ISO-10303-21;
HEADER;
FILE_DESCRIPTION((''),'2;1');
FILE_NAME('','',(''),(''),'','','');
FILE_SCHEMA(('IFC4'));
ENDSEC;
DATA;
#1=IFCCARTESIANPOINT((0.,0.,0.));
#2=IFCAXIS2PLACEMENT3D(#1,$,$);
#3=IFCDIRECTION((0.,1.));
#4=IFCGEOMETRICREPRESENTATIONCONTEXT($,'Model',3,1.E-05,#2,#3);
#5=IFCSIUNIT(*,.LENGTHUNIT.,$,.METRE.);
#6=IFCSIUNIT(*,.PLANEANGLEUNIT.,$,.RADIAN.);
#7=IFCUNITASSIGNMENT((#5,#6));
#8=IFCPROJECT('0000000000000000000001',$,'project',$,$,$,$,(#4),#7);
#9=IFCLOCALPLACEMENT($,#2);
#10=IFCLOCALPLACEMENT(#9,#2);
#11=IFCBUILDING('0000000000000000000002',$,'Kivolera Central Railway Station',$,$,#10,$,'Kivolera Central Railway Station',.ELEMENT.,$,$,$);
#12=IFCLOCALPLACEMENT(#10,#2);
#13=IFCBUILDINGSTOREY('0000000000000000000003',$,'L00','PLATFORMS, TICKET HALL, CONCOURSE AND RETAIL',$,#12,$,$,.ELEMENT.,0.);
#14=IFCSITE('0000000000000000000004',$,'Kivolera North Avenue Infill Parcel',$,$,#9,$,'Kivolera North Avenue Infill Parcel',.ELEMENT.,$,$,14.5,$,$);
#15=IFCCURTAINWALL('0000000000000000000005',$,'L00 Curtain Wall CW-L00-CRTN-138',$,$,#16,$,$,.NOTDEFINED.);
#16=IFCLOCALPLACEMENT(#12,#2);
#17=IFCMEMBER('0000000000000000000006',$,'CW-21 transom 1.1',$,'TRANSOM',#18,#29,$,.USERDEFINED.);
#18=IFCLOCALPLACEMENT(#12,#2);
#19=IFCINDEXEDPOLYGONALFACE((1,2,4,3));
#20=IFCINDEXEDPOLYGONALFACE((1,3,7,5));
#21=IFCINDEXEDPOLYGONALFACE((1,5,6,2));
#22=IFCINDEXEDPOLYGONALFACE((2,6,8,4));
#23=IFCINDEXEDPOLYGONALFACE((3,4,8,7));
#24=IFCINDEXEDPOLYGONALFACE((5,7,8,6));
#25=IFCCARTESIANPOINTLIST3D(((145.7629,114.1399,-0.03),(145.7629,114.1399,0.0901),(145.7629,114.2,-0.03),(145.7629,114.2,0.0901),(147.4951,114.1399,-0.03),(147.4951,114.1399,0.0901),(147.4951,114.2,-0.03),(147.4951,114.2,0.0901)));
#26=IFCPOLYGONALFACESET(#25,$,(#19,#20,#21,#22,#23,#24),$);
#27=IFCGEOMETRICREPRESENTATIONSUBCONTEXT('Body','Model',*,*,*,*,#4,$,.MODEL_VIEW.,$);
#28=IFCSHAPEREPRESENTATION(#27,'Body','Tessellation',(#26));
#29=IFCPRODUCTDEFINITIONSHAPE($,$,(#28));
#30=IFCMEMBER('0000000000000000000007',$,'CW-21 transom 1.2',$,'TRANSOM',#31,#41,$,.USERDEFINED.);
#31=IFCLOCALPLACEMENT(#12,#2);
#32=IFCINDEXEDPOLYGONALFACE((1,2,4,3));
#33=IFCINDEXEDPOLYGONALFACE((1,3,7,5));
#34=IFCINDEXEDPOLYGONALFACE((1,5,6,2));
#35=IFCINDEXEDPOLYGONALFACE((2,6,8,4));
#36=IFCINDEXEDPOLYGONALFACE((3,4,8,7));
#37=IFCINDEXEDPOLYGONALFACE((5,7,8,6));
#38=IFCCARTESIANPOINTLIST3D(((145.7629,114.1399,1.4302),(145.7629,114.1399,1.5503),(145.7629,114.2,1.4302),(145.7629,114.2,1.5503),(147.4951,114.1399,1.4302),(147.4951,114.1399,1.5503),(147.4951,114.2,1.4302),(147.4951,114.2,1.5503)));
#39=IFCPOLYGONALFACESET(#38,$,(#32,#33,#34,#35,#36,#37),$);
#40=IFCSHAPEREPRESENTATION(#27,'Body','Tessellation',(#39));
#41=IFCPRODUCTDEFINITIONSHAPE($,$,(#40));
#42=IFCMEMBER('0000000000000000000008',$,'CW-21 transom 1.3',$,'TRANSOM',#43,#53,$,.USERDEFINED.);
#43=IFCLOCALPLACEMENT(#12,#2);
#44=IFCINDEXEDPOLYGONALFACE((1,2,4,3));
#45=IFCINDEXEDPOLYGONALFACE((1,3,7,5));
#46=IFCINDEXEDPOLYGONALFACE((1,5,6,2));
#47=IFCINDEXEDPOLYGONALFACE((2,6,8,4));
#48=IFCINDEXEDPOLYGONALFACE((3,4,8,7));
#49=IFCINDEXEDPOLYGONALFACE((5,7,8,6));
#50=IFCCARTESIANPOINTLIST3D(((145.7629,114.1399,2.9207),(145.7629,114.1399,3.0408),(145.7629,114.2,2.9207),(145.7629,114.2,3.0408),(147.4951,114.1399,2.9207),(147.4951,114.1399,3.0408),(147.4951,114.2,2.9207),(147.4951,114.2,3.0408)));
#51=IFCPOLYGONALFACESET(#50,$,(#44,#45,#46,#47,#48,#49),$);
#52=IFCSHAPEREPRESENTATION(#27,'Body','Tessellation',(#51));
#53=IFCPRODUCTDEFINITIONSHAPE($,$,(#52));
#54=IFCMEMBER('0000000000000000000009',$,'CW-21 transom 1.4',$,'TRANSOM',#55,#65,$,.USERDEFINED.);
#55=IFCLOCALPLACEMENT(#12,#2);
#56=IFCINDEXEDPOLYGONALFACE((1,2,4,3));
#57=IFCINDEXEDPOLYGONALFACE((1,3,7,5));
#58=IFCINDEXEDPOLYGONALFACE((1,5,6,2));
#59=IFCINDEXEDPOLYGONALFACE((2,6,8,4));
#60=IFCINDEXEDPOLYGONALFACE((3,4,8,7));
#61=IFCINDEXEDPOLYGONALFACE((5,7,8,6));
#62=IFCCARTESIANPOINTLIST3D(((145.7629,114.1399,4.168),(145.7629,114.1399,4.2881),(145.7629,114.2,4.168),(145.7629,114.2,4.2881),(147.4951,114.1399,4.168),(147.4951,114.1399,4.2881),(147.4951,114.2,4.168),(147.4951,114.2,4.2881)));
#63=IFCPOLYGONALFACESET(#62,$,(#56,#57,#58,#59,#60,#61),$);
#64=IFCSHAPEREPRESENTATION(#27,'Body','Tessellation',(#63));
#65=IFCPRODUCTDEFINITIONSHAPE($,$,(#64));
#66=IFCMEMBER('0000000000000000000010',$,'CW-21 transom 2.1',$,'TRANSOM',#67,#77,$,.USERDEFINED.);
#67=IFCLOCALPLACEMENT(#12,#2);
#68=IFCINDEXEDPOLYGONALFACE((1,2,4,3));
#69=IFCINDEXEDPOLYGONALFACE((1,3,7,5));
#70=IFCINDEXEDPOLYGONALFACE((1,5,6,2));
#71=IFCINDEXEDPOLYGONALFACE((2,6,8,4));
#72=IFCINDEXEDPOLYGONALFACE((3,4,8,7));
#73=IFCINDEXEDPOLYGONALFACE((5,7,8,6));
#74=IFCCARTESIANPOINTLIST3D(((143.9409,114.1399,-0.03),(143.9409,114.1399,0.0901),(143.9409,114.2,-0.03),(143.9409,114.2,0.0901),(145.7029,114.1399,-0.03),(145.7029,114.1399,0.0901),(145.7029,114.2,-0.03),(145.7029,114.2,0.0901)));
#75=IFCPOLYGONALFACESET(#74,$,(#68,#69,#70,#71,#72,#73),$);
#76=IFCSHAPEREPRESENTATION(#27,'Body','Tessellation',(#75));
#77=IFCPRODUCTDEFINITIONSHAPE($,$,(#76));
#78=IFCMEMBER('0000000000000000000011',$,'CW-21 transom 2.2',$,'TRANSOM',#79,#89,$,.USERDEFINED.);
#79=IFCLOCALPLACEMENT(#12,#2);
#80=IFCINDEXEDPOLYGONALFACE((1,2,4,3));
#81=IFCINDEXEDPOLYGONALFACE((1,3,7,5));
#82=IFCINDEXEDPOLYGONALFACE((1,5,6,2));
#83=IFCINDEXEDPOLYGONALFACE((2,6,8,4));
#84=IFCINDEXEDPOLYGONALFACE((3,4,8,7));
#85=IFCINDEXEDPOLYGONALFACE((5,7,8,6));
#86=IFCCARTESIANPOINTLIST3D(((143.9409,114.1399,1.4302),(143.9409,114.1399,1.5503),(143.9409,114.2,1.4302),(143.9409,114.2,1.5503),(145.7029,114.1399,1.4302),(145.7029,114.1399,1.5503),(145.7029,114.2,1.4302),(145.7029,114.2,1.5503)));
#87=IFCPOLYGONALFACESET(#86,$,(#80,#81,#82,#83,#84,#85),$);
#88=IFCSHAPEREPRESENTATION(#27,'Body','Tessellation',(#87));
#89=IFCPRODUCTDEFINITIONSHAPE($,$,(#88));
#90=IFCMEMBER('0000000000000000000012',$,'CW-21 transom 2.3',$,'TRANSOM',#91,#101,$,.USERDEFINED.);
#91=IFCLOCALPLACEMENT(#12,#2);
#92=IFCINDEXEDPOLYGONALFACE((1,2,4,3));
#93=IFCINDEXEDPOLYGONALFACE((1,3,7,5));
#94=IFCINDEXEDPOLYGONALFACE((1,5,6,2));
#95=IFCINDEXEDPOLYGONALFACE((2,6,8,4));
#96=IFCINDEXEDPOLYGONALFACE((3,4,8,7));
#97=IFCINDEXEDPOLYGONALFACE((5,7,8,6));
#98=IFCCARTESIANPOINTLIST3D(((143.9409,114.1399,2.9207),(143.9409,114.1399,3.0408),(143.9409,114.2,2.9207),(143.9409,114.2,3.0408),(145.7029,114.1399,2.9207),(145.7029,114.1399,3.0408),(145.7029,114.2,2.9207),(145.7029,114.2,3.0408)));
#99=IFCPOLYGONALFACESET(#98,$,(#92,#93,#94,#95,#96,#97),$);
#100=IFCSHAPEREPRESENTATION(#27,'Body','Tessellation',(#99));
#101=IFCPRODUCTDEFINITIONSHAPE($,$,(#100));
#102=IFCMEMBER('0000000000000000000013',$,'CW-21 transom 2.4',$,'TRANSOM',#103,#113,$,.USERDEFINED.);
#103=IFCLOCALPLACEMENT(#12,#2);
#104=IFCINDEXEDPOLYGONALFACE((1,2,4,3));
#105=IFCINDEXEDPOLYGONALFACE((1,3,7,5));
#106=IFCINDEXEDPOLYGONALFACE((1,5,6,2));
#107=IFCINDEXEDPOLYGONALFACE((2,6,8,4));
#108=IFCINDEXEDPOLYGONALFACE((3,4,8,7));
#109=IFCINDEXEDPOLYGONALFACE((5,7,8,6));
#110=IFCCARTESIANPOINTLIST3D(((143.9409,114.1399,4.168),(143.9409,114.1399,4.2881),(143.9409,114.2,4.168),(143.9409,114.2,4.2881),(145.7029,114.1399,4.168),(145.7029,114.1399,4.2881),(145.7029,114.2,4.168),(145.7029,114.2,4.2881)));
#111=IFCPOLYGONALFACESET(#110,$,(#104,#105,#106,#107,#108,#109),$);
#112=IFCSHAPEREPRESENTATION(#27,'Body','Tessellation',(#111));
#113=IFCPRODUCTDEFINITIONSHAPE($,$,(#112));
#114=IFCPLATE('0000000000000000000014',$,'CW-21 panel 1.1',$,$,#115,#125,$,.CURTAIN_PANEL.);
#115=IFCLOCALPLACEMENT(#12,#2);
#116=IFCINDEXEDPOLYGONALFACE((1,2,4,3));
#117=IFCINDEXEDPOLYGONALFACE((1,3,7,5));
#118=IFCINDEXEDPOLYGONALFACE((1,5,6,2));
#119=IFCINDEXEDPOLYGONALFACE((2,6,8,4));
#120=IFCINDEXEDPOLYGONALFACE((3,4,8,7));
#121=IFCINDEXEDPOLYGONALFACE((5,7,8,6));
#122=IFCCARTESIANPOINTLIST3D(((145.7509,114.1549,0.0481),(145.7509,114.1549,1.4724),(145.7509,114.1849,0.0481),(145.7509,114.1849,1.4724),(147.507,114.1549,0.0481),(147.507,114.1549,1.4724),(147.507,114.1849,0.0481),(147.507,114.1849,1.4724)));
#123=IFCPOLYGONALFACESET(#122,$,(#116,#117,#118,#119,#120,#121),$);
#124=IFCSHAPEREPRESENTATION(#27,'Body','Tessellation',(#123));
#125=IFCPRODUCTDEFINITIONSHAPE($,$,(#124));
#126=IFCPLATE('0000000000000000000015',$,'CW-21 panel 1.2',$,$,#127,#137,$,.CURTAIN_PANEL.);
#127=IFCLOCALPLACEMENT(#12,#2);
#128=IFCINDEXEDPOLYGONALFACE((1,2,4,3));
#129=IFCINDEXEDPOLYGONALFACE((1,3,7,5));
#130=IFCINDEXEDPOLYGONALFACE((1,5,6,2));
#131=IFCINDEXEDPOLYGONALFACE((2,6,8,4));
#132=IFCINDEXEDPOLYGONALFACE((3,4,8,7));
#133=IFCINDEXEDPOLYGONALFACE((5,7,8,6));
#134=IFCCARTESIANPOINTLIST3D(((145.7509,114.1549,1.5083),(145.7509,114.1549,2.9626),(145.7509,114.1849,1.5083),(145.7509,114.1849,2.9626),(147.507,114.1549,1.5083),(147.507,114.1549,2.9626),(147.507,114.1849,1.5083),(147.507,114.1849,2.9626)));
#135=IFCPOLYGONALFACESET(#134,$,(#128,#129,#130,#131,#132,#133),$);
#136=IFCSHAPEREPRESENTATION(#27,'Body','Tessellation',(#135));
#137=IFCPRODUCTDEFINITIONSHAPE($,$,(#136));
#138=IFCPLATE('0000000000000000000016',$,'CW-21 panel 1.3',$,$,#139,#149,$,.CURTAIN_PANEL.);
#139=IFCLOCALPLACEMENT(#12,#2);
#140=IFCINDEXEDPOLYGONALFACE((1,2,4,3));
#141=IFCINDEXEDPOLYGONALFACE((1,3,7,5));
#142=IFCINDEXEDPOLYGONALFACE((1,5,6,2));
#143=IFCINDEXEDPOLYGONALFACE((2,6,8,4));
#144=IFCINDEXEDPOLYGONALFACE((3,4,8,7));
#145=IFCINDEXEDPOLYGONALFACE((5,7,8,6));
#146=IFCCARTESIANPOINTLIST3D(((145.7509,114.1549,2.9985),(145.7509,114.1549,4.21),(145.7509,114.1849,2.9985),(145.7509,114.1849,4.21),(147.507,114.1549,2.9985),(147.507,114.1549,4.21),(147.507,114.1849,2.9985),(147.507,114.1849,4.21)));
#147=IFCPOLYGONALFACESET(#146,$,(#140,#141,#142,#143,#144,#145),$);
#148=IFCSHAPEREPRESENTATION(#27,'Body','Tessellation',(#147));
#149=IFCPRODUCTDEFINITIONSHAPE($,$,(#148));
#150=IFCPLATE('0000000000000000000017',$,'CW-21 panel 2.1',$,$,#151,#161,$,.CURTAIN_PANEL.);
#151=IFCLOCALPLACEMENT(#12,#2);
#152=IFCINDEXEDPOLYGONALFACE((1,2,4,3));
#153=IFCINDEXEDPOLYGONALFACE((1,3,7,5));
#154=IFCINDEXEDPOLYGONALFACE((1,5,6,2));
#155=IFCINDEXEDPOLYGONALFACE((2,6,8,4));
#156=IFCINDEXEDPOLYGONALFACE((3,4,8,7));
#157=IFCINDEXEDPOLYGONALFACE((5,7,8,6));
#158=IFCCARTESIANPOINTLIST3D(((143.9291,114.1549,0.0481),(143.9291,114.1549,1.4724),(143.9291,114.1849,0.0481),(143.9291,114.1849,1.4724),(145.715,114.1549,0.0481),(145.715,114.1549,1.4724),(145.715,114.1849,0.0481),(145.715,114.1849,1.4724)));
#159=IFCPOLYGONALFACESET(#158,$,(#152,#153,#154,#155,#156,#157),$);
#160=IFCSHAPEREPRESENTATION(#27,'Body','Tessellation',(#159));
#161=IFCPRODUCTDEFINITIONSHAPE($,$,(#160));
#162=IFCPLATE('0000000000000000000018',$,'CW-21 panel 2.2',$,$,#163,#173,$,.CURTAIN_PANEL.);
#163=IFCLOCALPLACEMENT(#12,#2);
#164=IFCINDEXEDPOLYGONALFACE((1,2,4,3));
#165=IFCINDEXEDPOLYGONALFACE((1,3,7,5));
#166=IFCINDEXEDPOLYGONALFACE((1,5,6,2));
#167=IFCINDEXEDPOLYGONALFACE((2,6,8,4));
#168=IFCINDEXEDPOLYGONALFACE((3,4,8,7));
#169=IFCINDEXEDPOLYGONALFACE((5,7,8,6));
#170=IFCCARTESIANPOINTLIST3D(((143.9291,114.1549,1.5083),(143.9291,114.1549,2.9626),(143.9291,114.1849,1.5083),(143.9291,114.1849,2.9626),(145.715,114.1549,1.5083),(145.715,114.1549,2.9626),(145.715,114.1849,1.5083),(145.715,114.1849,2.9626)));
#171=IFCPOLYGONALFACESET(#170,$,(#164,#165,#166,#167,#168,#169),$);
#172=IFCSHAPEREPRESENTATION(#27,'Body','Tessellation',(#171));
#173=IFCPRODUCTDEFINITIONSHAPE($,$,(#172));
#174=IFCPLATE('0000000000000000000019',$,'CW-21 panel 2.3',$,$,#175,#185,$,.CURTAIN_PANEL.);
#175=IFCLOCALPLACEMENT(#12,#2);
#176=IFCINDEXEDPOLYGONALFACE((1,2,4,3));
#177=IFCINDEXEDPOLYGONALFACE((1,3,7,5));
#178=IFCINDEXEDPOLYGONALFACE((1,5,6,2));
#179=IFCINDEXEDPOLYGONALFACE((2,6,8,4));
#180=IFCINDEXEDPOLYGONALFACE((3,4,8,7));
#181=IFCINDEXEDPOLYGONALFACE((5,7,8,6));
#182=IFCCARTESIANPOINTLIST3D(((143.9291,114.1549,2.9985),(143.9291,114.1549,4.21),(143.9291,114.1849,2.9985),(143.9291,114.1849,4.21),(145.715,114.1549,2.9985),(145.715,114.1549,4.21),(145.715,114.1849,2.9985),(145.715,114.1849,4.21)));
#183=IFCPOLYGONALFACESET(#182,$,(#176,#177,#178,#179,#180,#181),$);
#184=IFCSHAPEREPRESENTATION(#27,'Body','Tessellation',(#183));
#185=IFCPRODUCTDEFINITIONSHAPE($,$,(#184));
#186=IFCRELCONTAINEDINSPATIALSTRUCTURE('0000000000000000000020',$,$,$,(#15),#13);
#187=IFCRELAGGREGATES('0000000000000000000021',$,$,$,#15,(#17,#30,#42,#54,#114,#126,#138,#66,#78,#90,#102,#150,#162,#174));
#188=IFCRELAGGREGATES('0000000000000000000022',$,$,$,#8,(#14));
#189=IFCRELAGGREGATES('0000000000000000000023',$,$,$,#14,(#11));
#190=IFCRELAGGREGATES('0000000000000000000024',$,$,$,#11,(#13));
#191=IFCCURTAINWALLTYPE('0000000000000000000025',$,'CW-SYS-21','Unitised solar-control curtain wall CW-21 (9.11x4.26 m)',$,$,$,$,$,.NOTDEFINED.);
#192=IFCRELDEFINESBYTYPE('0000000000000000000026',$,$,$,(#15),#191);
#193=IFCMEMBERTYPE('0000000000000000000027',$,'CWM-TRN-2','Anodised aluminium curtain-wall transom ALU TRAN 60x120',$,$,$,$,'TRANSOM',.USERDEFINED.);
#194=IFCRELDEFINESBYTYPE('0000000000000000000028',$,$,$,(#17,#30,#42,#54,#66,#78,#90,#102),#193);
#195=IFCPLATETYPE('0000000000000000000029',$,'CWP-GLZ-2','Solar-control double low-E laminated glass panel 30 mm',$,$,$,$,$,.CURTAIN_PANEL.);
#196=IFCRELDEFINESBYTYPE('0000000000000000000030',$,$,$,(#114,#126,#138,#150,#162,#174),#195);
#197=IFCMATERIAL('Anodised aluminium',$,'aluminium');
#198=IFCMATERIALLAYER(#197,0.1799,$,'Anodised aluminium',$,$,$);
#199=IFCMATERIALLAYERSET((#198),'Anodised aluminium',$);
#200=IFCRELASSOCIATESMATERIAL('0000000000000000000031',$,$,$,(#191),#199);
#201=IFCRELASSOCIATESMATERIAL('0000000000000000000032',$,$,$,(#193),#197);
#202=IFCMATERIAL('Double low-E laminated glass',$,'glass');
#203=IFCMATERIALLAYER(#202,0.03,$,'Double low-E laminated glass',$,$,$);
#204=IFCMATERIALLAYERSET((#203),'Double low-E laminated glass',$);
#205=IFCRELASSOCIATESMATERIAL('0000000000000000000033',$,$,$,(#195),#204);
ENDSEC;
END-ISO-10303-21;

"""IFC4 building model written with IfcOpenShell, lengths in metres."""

from ifc_helpers import new_model, si_unit, direction, frame, origin, origin_2d, place, context, subcontext, project, spatial, rectangle, extrude, material, layer, layer_set, material_profile, profile_set, type_object, element, aggregate, save


model = new_model("IFC4")

# Units and contexts
model_context = context("Model", 3, precision=1e-05, world=origin(), true_north=direction((0.0, 1.0)))
body_context = subcontext(model_context, "Body", "Model", "MODEL_VIEW")
ifc_project = project(units=[si_unit("LENGTHUNIT", "METRE"), si_unit("PLANEANGLEUNIT", "RADIAN")], contexts=[model_context])

# Site, building, storey
site_placement = place(None, origin())
site = spatial("IfcSite", under=ifc_project, at=site_placement, Name="Kivolera North Avenue Infill Parcel", LongName="Kivolera North Avenue Infill Parcel", CompositionType="ELEMENT", RefElevation=14.5)
building_placement = place(site_placement, origin())
building = spatial("IfcBuilding", under=site, at=building_placement, Name="Kivolera Central Railway Station", LongName="Kivolera Central Railway Station", CompositionType="ELEMENT")
storey_placement = place(building_placement, origin())
storey = spatial("IfcBuildingStorey", under=building, at=storey_placement, Name="L00", Description="PLATFORMS, TICKET HALL, CONCOURSE AND RETAIL", CompositionType="ELEMENT", Elevation=0.0)

# Curtain wall, members, plates
ifc_material_1 = material(Name="Anodised aluminium", Category="aluminium")
ifc_layer_1 = layer(ifc_material_1, 0.1799, Name="Anodised aluminium")
ifc_layer_set_1 = layer_set([ifc_layer_1], Name="Anodised aluminium")
curtain_wall_type = type_object("IfcCurtainWallType", Name="CW-SYS-21", Description="Unitised solar-control curtain wall CW-21 (9.11x4.26 m)", PredefinedType="NOTDEFINED", material=ifc_layer_set_1)
curtain_wall_placement = place(storey_placement, origin())
curtain_wall = element("IfcCurtainWall", 1, at=curtain_wall_placement, inside=storey, type_object=curtain_wall_type, Name="L00 Curtain Wall CW-L00-CRTN-138", PredefinedType="NOTDEFINED")
ifc_material_profile_1 = material_profile(ifc_material_1, rectangle(XDim=0.0601, YDim=0.1201, at=origin_2d()), Name="ALU TRAN 60x120")
ifc_profile_set_1 = profile_set([ifc_material_profile_1], Name="Anodised aluminium")
member_type_1 = type_object("IfcMemberType", Name="CWM-TRN-2", Description="Anodised aluminium curtain-wall transom ALU TRAN 60x120", ElementType="TRANSOM", PredefinedType="USERDEFINED", material=ifc_profile_set_1)
member_1_placement = place(storey_placement, frame((147.4951, 114.1699, 0.03), z_axis=(-1.0, 0.0, 0.0), x_axis=(0.0, -1.0, 0.0)))
member_1 = element("IfcMember", 2, at=member_1_placement, type_object=member_type_1, Name="CW-21 transom 1.1", ObjectType="TRANSOM", PredefinedType="USERDEFINED", context=body_context, shape_type="SweptSolid", body=[
    extrude(rectangle(XDim=0.0601, YDim=0.1201, at=origin_2d()), origin(), (0.0, 0.0, 1.0), 1.7322),
])
member_2_placement = place(storey_placement, frame((147.4951, 114.1699, 1.4902), z_axis=(-1.0, 0.0, 0.0), x_axis=(0.0, -1.0, 0.0)))
member_2 = element("IfcMember", 3, at=member_2_placement, type_object=member_type_1, Name="CW-21 transom 1.2", ObjectType="TRANSOM", PredefinedType="USERDEFINED", context=body_context, shape_type="SweptSolid", body=[
    extrude(rectangle(XDim=0.0601, YDim=0.1201, at=origin_2d()), origin(), (0.0, 0.0, 1.0), 1.7322),
])
member_3_placement = place(storey_placement, frame((147.4951, 114.1699, 2.9807), z_axis=(-1.0, 0.0, 0.0), x_axis=(0.0, -1.0, 0.0)))
member_3 = element("IfcMember", 4, at=member_3_placement, type_object=member_type_1, Name="CW-21 transom 1.3", ObjectType="TRANSOM", PredefinedType="USERDEFINED", context=body_context, shape_type="SweptSolid", body=[
    extrude(rectangle(XDim=0.0601, YDim=0.1201, at=origin_2d()), origin(), (0.0, 0.0, 1.0), 1.7322),
])
member_4_placement = place(storey_placement, frame((147.4951, 114.1699, 4.228), z_axis=(-1.0, 0.0, 0.0), x_axis=(0.0, -1.0, 0.0)))
member_4 = element("IfcMember", 5, at=member_4_placement, type_object=member_type_1, Name="CW-21 transom 1.4", ObjectType="TRANSOM", PredefinedType="USERDEFINED", context=body_context, shape_type="SweptSolid", body=[
    extrude(rectangle(XDim=0.0601, YDim=0.1201, at=origin_2d()), origin(), (0.0, 0.0, 1.0), 1.7322),
])
member_5_placement = place(storey_placement, frame((145.7029, 114.1699, 0.03), z_axis=(-1.0, 0.0, 0.0), x_axis=(0.0, -1.0, 0.0)))
member_5 = element("IfcMember", 6, at=member_5_placement, type_object=member_type_1, Name="CW-21 transom 2.1", ObjectType="TRANSOM", PredefinedType="USERDEFINED", context=body_context, shape_type="SweptSolid", body=[
    extrude(rectangle(XDim=0.0601, YDim=0.1201, at=origin_2d()), origin(), (0.0, 0.0, 1.0), 1.762),
])
member_6_placement = place(storey_placement, frame((145.7029, 114.1699, 1.4902), z_axis=(-1.0, 0.0, 0.0), x_axis=(0.0, -1.0, 0.0)))
member_6 = element("IfcMember", 7, at=member_6_placement, type_object=member_type_1, Name="CW-21 transom 2.2", ObjectType="TRANSOM", PredefinedType="USERDEFINED", context=body_context, shape_type="SweptSolid", body=[
    extrude(rectangle(XDim=0.0601, YDim=0.1201, at=origin_2d()), origin(), (0.0, 0.0, 1.0), 1.762),
])
member_7_placement = place(storey_placement, frame((145.7029, 114.1699, 2.9807), z_axis=(-1.0, 0.0, 0.0), x_axis=(0.0, -1.0, 0.0)))
member_7 = element("IfcMember", 8, at=member_7_placement, type_object=member_type_1, Name="CW-21 transom 2.3", ObjectType="TRANSOM", PredefinedType="USERDEFINED", context=body_context, shape_type="SweptSolid", body=[
    extrude(rectangle(XDim=0.0601, YDim=0.1201, at=origin_2d()), origin(), (0.0, 0.0, 1.0), 1.762),
])
member_8_placement = place(storey_placement, frame((145.7029, 114.1699, 4.228), z_axis=(-1.0, 0.0, 0.0), x_axis=(0.0, -1.0, 0.0)))
member_8 = element("IfcMember", 9, at=member_8_placement, type_object=member_type_1, Name="CW-21 transom 2.4", ObjectType="TRANSOM", PredefinedType="USERDEFINED", context=body_context, shape_type="SweptSolid", body=[
    extrude(rectangle(XDim=0.0601, YDim=0.1201, at=origin_2d()), origin(), (0.0, 0.0, 1.0), 1.762),
])
ifc_material_2 = material(Name="Double low-E laminated glass", Category="glass")
ifc_layer_2 = layer(ifc_material_2, 0.03, Name="Double low-E laminated glass")
ifc_layer_set_2 = layer_set([ifc_layer_2], Name="Double low-E laminated glass")
plate_type = type_object("IfcPlateType", Name="CWP-GLZ-2", Description="Solar-control double low-E laminated glass panel 30 mm", PredefinedType="CURTAIN_PANEL", material=ifc_layer_set_2)
plate_1_placement = place(storey_placement, frame((146.6289, 114.1699, 0.0481), z_axis=(0.0, 0.0, 1.0), x_axis=(-1.0, 0.0, 0.0)))
plate_1 = element("IfcPlate", 10, at=plate_1_placement, type_object=plate_type, Name="CW-21 panel 1.1", PredefinedType="CURTAIN_PANEL", context=body_context, shape_type="SweptSolid", body=[
    extrude(rectangle(XDim=1.7561, YDim=0.03, at=origin_2d()), origin(), (0.0, 0.0, 1.0), 1.4243),
])
plate_2_placement = place(storey_placement, frame((146.6289, 114.1699, 1.5083), z_axis=(0.0, 0.0, 1.0), x_axis=(-1.0, 0.0, 0.0)))
plate_2 = element("IfcPlate", 11, at=plate_2_placement, type_object=plate_type, Name="CW-21 panel 1.2", PredefinedType="CURTAIN_PANEL", context=body_context, shape_type="SweptSolid", body=[
    extrude(rectangle(XDim=1.7561, YDim=0.03, at=origin_2d()), origin(), (0.0, 0.0, 1.0), 1.4543),
])
plate_3_placement = place(storey_placement, frame((146.6289, 114.1699, 2.9985), z_axis=(0.0, 0.0, 1.0), x_axis=(-1.0, 0.0, 0.0)))
plate_3 = element("IfcPlate", 12, at=plate_3_placement, type_object=plate_type, Name="CW-21 panel 1.3", PredefinedType="CURTAIN_PANEL", context=body_context, shape_type="SweptSolid", body=[
    extrude(rectangle(XDim=1.7561, YDim=0.03, at=origin_2d()), origin(), (0.0, 0.0, 1.0), 1.2114),
])
plate_4_placement = place(storey_placement, frame((144.822, 114.1699, 0.0481), z_axis=(0.0, 0.0, 1.0), x_axis=(-1.0, 0.0, 0.0)))
plate_4 = element("IfcPlate", 13, at=plate_4_placement, type_object=plate_type, Name="CW-21 panel 2.1", PredefinedType="CURTAIN_PANEL", context=body_context, shape_type="SweptSolid", body=[
    extrude(rectangle(XDim=1.7859, YDim=0.03, at=origin_2d()), origin(), (0.0, 0.0, 1.0), 1.4243),
])
plate_5_placement = place(storey_placement, frame((144.822, 114.1699, 1.5083), z_axis=(0.0, 0.0, 1.0), x_axis=(-1.0, 0.0, 0.0)))
plate_5 = element("IfcPlate", 14, at=plate_5_placement, type_object=plate_type, Name="CW-21 panel 2.2", PredefinedType="CURTAIN_PANEL", context=body_context, shape_type="SweptSolid", body=[
    extrude(rectangle(XDim=1.7859, YDim=0.03, at=origin_2d()), origin(), (0.0, 0.0, 1.0), 1.4543),
])
plate_6_placement = place(storey_placement, frame((144.822, 114.1699, 2.9985), z_axis=(0.0, 0.0, 1.0), x_axis=(-1.0, 0.0, 0.0)))
plate_6 = element("IfcPlate", 15, at=plate_6_placement, type_object=plate_type, Name="CW-21 panel 2.3", PredefinedType="CURTAIN_PANEL", context=body_context, shape_type="SweptSolid", body=[
    extrude(rectangle(XDim=1.7859, YDim=0.03, at=origin_2d()), origin(), (0.0, 0.0, 1.0), 1.2114),
])
aggregate(curtain_wall, [member_1, member_2, member_3, member_4, plate_1, plate_2, plate_3, member_5, member_6, member_7, member_8, plate_4, plate_5, plate_6])

save(model, "model.ifc")
